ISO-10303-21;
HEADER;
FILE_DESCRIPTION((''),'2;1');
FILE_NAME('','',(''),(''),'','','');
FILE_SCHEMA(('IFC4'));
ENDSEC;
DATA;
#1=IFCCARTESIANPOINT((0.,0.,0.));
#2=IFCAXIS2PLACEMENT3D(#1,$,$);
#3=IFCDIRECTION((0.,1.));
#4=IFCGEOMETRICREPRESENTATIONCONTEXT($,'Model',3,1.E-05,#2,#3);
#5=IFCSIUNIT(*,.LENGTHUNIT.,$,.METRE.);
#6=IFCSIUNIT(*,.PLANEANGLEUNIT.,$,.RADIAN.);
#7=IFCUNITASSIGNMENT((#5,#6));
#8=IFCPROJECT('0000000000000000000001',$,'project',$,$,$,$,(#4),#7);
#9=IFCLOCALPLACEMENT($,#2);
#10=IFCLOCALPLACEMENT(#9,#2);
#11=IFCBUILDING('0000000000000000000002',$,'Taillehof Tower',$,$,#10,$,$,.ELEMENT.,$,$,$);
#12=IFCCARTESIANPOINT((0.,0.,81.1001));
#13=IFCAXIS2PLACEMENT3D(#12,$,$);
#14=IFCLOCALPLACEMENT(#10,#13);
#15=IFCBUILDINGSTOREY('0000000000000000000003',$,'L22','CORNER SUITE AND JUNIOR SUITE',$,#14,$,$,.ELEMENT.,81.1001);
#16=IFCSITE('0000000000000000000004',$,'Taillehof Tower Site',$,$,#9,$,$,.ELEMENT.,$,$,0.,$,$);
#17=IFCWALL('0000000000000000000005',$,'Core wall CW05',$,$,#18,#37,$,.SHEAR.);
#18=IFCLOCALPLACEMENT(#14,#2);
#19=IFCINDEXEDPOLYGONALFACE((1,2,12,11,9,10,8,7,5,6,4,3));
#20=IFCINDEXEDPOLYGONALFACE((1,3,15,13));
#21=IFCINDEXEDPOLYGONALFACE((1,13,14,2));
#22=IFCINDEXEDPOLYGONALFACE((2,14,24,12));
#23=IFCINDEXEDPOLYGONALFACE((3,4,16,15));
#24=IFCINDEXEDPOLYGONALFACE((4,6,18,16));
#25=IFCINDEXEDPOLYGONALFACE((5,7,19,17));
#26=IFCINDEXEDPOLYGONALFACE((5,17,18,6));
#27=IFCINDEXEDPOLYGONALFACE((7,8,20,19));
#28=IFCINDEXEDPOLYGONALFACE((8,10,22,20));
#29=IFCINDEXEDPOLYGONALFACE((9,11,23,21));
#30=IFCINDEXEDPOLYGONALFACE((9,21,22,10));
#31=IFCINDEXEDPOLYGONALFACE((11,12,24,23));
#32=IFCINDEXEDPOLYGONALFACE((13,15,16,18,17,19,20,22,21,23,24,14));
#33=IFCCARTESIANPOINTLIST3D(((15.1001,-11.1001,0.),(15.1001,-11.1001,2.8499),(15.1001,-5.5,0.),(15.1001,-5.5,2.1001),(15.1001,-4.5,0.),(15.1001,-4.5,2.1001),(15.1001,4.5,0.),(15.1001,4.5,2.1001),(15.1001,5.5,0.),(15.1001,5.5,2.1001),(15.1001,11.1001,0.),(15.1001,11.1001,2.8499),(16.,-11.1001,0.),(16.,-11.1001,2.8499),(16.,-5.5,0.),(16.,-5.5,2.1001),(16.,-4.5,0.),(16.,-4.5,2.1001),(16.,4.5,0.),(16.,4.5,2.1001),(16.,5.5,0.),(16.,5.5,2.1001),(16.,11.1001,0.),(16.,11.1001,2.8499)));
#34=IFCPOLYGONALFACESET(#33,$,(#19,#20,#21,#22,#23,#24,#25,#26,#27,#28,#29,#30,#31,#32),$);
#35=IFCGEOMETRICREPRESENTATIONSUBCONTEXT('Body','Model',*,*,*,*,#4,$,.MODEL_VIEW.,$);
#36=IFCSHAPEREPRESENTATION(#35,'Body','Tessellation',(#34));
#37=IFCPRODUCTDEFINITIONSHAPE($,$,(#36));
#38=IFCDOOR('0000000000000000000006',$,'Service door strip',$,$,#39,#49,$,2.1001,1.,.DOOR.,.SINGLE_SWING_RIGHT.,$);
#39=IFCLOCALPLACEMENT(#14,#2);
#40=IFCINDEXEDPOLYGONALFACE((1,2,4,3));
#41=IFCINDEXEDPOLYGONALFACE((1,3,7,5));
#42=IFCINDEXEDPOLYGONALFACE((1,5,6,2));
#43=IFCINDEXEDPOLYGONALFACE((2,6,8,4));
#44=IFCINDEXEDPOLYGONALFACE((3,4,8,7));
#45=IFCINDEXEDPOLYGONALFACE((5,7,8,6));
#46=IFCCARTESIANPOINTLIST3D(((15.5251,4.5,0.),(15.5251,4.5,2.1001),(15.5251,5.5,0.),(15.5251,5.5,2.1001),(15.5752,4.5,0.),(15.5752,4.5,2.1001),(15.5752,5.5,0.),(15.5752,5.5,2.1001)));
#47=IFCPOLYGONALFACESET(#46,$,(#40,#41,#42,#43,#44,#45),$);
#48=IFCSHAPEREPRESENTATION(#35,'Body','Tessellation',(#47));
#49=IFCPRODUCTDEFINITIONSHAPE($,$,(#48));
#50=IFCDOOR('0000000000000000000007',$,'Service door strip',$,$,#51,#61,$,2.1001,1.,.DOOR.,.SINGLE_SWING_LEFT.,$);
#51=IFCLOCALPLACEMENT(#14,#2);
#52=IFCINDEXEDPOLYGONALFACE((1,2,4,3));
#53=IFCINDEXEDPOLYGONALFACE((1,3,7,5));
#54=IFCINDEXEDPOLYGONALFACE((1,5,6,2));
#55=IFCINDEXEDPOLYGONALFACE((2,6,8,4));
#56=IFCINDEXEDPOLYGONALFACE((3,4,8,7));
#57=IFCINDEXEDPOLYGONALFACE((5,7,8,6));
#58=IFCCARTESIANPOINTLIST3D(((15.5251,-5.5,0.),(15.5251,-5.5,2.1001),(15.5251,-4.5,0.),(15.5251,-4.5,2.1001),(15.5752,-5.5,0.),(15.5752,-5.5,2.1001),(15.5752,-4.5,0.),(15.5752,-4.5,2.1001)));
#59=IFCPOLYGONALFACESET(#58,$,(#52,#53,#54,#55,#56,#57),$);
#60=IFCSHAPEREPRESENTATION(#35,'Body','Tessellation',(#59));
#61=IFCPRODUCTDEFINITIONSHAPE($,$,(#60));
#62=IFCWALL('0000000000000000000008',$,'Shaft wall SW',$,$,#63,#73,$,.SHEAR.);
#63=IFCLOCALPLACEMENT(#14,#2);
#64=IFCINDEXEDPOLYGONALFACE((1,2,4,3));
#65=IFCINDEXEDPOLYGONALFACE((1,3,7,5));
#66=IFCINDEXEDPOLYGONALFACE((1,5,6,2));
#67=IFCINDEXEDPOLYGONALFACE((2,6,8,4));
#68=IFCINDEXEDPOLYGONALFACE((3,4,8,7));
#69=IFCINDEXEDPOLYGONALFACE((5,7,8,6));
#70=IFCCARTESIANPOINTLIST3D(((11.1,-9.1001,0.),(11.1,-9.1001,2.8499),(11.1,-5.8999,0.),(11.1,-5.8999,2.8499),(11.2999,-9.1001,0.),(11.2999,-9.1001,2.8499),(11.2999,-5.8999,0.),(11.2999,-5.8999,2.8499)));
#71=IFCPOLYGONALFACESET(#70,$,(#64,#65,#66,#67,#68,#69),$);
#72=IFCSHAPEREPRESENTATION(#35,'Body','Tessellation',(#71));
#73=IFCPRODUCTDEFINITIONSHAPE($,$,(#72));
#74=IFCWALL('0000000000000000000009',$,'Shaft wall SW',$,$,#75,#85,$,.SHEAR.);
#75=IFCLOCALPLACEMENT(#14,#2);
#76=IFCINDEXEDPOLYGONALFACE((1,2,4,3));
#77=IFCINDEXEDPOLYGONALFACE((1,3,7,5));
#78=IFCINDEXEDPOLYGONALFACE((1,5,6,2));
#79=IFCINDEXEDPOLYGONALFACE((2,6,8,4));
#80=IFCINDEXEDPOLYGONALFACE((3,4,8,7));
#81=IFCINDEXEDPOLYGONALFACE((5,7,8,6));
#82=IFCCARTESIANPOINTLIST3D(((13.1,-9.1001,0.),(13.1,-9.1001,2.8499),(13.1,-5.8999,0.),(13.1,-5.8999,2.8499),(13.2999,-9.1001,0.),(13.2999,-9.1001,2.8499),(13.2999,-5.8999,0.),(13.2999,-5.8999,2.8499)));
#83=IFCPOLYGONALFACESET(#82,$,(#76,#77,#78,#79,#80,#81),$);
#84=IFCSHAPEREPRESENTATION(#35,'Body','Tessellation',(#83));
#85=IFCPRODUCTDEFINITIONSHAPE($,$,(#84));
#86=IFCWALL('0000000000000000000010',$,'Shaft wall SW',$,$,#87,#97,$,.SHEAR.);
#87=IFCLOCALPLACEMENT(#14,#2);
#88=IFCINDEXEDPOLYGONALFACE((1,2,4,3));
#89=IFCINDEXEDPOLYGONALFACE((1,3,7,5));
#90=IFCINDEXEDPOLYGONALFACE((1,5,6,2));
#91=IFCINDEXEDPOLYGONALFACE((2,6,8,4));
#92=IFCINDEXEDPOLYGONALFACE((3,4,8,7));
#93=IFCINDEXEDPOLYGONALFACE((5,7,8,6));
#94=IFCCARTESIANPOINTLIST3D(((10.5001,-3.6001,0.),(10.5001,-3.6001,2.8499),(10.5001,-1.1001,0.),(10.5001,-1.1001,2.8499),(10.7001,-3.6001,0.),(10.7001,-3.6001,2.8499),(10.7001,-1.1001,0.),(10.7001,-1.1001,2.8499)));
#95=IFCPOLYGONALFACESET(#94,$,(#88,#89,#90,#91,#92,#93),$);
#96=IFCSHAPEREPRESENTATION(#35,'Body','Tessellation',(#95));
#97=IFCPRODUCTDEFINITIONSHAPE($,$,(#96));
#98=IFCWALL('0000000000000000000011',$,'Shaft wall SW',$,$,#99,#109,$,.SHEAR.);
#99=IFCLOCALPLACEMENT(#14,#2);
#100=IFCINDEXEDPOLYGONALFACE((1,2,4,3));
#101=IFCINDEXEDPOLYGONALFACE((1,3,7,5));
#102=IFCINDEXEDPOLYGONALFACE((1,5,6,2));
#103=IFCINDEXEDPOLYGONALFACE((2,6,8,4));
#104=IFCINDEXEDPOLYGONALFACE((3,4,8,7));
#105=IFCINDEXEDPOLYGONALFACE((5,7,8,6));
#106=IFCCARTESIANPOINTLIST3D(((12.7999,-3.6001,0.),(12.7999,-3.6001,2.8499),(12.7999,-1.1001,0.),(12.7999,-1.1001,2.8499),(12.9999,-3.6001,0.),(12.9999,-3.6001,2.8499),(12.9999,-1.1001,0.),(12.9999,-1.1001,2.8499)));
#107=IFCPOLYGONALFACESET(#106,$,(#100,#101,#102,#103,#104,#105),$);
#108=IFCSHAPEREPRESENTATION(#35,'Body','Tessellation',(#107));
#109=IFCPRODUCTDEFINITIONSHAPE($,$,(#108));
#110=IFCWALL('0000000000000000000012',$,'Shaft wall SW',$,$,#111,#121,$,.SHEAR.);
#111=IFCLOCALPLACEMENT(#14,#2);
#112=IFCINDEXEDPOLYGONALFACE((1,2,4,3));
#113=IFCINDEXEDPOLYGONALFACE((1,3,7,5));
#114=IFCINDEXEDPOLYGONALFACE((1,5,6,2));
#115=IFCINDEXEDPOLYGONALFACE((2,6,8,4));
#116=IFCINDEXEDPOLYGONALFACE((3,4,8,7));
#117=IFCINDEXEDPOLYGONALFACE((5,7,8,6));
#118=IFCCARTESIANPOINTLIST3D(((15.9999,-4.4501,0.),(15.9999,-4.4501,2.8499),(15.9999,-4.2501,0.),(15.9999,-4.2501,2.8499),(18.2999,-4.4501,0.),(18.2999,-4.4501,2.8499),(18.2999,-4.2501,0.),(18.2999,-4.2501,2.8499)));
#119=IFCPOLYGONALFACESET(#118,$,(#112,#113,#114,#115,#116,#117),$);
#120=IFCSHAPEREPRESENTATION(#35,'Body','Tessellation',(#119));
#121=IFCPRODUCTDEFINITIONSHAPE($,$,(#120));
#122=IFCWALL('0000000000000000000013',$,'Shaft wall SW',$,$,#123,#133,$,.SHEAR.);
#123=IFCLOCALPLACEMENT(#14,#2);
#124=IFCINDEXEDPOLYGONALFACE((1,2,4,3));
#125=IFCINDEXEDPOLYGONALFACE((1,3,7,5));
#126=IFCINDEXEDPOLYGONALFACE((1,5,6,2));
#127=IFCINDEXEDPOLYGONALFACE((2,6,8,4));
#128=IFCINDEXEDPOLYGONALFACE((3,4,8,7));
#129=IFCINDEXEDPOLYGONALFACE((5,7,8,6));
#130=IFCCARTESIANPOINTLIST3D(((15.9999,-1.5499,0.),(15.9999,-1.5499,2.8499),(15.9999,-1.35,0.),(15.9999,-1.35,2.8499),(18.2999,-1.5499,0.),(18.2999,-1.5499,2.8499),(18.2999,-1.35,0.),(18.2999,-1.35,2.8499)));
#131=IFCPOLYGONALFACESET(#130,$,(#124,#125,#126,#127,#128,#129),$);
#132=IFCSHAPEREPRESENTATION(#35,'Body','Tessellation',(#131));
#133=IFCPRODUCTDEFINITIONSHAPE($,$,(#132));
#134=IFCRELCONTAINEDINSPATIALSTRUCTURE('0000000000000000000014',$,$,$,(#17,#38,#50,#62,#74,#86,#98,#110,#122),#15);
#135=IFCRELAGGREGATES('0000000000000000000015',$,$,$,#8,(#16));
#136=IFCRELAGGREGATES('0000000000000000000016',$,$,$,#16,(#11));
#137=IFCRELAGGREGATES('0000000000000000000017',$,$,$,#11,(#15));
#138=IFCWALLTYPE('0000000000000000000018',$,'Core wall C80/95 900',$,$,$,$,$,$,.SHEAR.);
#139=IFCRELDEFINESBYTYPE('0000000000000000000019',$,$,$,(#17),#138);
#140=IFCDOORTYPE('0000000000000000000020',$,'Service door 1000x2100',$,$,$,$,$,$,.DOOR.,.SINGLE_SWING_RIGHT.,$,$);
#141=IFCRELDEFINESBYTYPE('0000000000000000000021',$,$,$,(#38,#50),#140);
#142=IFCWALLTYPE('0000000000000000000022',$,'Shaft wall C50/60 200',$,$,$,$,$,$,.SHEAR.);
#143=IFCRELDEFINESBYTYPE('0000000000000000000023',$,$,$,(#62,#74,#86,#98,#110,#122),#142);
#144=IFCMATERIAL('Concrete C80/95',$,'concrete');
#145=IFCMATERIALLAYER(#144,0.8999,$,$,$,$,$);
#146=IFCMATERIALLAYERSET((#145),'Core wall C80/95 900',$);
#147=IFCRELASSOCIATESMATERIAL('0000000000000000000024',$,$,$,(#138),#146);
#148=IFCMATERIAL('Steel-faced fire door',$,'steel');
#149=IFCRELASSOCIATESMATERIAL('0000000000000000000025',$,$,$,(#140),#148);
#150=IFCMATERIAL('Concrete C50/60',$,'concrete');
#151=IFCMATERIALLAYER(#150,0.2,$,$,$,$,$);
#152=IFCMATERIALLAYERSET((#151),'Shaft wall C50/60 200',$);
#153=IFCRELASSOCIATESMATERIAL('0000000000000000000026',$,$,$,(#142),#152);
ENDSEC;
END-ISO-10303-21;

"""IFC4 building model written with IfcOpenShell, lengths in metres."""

from ifc_helpers import new_model, si_unit, direction, frame, frame_2d, origin, place, context, subcontext, project, spatial, rectangle, extrude, material, layer, layer_set, type_object, element, fill, save


model = new_model("IFC4")

# Units and contexts
model_context = context("Model", 3, precision=1e-05, world=origin(), true_north=direction((0.0, 1.0)))
body_context = subcontext(model_context, "Body", "Model", "MODEL_VIEW")
ifc_project = project(units=[si_unit("LENGTHUNIT", "METRE"), si_unit("PLANEANGLEUNIT", "RADIAN")], contexts=[model_context])

# Site, building, storey
site_placement = place(None, origin())
site = spatial("IfcSite", under=ifc_project, at=site_placement, Name="Taillehof Tower Site", CompositionType="ELEMENT", RefElevation=0.0)
building_placement = place(site_placement, origin())
building = spatial("IfcBuilding", under=site, at=building_placement, Name="Taillehof Tower", CompositionType="ELEMENT")
storey_placement = place(building_placement, frame((0.0, 0.0, 81.1001)))
storey = spatial("IfcBuildingStorey", under=building, at=storey_placement, Name="L22", Description="CORNER SUITE AND JUNIOR SUITE", CompositionType="ELEMENT", Elevation=81.1001)

# Wall, openings, doors
ifc_material_1 = material(Name="Concrete C80/95", Category="concrete")
ifc_layer_1 = layer(ifc_material_1, 0.8999)
ifc_layer_set_1 = layer_set([ifc_layer_1], Name="Core wall C80/95 900")
wall_type_1 = type_object("IfcWallType", Name="Core wall C80/95 900", PredefinedType="SHEAR", material=ifc_layer_set_1)
wall_1_placement = place(storey_placement, frame((15.55, -11.1001, 0.0), z_axis=(0.0, 0.0, 1.0), x_axis=(0.0, 1.0, 0.0)))
wall_1 = element("IfcWall", 1, at=wall_1_placement, inside=storey, type_object=wall_type_1, Name="Core wall CW05", PredefinedType="SHEAR", context=body_context, shape_type="SweptSolid", body=[
    extrude(rectangle(XDim=22.2002, YDim=0.8999, at=frame_2d((11.1001, 0.0))), origin(), (0.0, 0.0, 1.0), 2.8499),
])
opening_1_placement = place(wall_1_placement, frame((15.6001, 0.0, 0.0)))
opening_1 = element("IfcOpeningElement", 2, at=opening_1_placement, cuts=wall_1, PredefinedType="OPENING", context=body_context, shape_type="SweptSolid", body=[
    extrude(rectangle(XDim=1.0, YDim=2.1001, at=frame_2d((0.5, 1.05))), frame((0.0, 0.46, 0.0), z_axis=(0.0, -1.0, 0.0), x_axis=(1.0, 0.0, 0.0)), (0.0, 0.0, 1.0), 0.9199),
])
opening_2_placement = place(wall_1_placement, frame((5.6001, 0.0, 0.0)))
opening_2 = element("IfcOpeningElement", 3, at=opening_2_placement, cuts=wall_1, PredefinedType="OPENING", context=body_context, shape_type="SweptSolid", body=[
    extrude(rectangle(XDim=1.0, YDim=2.1001, at=frame_2d((0.5, 1.05))), frame((0.0, 0.46, 0.0), z_axis=(0.0, -1.0, 0.0), x_axis=(1.0, 0.0, 0.0)), (0.0, 0.0, 1.0), 0.9199),
])
ifc_material_2 = material(Name="Steel-faced fire door", Category="steel")
door_type_1 = type_object("IfcDoorType", Name="Service door 1000x2100", OperationType="SINGLE_SWING_RIGHT", PredefinedType="DOOR", material=ifc_material_2)
door_1_placement = place(opening_1_placement, origin())
door_1 = element("IfcDoor", 4, at=door_1_placement, inside=storey, type_object=door_type_1, Name="Service door strip", OperationType="SINGLE_SWING_RIGHT", OverallHeight=2.1001, OverallWidth=1.0, PredefinedType="DOOR", context=body_context, shape_type="SweptSolid", body=[
    extrude(rectangle(XDim=1.0, YDim=2.1001, at=frame_2d((0.5, 1.05))), frame((0.0, 0.0249, 0.0), z_axis=(0.0, -1.0, 0.0), x_axis=(1.0, 0.0, 0.0)), (0.0, 0.0, 1.0), 0.05),
])
fill(opening_1, door_1)
door_2_placement = place(opening_2_placement, origin())
door_2 = element("IfcDoor", 5, at=door_2_placement, inside=storey, type_object=door_type_1, Name="Service door strip", OperationType="SINGLE_SWING_LEFT", OverallHeight=2.1001, OverallWidth=1.0, PredefinedType="DOOR", context=body_context, shape_type="SweptSolid", body=[
    extrude(rectangle(XDim=1.0, YDim=2.1001, at=frame_2d((0.5, 1.05))), frame((0.0, 0.0249, 0.0), z_axis=(0.0, -1.0, 0.0), x_axis=(1.0, 0.0, 0.0)), (0.0, 0.0, 1.0), 0.05),
])
fill(opening_2, door_2)

# Walls
ifc_material_3 = material(Name="Concrete C50/60", Category="concrete")
ifc_layer_2 = layer(ifc_material_3, 0.2)
ifc_layer_set_2 = layer_set([ifc_layer_2], Name="Shaft wall C50/60 200")
wall_type_2 = type_object("IfcWallType", Name="Shaft wall C50/60 200", PredefinedType="SHEAR", material=ifc_layer_set_2)
for number, where, z_axis, x_axis, name in (
    (6, (11.2, -9.1001, 0.0), (0.0, 0.0, 1.0), (0.0, 1.0, 0.0), "Shaft wall SW"),
    (7, (13.2, -9.1001, 0.0), (0.0, 0.0, 1.0), (0.0, 1.0, 0.0), "Shaft wall SW"),
):
    element("IfcWall", number, at=place(storey_placement, frame(where, z_axis=z_axis, x_axis=x_axis)), inside=storey, type_object=wall_type_2, Name=name, PredefinedType="SHEAR", context=body_context, shape_type="SweptSolid", body=[
        extrude(rectangle(XDim=3.2002, YDim=0.2, at=frame_2d((1.6001, 0.0))), origin(), (0.0, 0.0, 1.0), 2.8499),
    ])
for number, where, z_axis, x_axis, name in (
    (8, (10.6001, -3.6001, 0.0), (0.0, 0.0, 1.0), (0.0, 1.0, 0.0), "Shaft wall SW"),
    (9, (12.8999, -3.6001, 0.0), (0.0, 0.0, 1.0), (0.0, 1.0, 0.0), "Shaft wall SW"),
):
    element("IfcWall", number, at=place(storey_placement, frame(where, z_axis=z_axis, x_axis=x_axis)), inside=storey, type_object=wall_type_2, Name=name, PredefinedType="SHEAR", context=body_context, shape_type="SweptSolid", body=[
        extrude(rectangle(XDim=2.5, YDim=0.2, at=frame_2d((1.25, 0.0))), origin(), (0.0, 0.0, 1.0), 2.8499),
    ])
for number, where, z_axis, x_axis, name in (
    (10, (16.0, -4.3501, 0.0), (0.0, 0.0, 1.0), (1.0, 0.0, 0.0), "Shaft wall SW"),
    (11, (16.0, -1.45, 0.0), (0.0, 0.0, 1.0), (1.0, 0.0, 0.0), "Shaft wall SW"),
):
    element("IfcWall", number, at=place(storey_placement, frame(where, z_axis=z_axis, x_axis=x_axis)), inside=storey, type_object=wall_type_2, Name=name, PredefinedType="SHEAR", context=body_context, shape_type="SweptSolid", body=[
        extrude(rectangle(XDim=2.3, YDim=0.2, at=frame_2d((1.1499, 0.0))), origin(), (0.0, 0.0, 1.0), 2.8499),
    ])

save(model, "model.ifc")
